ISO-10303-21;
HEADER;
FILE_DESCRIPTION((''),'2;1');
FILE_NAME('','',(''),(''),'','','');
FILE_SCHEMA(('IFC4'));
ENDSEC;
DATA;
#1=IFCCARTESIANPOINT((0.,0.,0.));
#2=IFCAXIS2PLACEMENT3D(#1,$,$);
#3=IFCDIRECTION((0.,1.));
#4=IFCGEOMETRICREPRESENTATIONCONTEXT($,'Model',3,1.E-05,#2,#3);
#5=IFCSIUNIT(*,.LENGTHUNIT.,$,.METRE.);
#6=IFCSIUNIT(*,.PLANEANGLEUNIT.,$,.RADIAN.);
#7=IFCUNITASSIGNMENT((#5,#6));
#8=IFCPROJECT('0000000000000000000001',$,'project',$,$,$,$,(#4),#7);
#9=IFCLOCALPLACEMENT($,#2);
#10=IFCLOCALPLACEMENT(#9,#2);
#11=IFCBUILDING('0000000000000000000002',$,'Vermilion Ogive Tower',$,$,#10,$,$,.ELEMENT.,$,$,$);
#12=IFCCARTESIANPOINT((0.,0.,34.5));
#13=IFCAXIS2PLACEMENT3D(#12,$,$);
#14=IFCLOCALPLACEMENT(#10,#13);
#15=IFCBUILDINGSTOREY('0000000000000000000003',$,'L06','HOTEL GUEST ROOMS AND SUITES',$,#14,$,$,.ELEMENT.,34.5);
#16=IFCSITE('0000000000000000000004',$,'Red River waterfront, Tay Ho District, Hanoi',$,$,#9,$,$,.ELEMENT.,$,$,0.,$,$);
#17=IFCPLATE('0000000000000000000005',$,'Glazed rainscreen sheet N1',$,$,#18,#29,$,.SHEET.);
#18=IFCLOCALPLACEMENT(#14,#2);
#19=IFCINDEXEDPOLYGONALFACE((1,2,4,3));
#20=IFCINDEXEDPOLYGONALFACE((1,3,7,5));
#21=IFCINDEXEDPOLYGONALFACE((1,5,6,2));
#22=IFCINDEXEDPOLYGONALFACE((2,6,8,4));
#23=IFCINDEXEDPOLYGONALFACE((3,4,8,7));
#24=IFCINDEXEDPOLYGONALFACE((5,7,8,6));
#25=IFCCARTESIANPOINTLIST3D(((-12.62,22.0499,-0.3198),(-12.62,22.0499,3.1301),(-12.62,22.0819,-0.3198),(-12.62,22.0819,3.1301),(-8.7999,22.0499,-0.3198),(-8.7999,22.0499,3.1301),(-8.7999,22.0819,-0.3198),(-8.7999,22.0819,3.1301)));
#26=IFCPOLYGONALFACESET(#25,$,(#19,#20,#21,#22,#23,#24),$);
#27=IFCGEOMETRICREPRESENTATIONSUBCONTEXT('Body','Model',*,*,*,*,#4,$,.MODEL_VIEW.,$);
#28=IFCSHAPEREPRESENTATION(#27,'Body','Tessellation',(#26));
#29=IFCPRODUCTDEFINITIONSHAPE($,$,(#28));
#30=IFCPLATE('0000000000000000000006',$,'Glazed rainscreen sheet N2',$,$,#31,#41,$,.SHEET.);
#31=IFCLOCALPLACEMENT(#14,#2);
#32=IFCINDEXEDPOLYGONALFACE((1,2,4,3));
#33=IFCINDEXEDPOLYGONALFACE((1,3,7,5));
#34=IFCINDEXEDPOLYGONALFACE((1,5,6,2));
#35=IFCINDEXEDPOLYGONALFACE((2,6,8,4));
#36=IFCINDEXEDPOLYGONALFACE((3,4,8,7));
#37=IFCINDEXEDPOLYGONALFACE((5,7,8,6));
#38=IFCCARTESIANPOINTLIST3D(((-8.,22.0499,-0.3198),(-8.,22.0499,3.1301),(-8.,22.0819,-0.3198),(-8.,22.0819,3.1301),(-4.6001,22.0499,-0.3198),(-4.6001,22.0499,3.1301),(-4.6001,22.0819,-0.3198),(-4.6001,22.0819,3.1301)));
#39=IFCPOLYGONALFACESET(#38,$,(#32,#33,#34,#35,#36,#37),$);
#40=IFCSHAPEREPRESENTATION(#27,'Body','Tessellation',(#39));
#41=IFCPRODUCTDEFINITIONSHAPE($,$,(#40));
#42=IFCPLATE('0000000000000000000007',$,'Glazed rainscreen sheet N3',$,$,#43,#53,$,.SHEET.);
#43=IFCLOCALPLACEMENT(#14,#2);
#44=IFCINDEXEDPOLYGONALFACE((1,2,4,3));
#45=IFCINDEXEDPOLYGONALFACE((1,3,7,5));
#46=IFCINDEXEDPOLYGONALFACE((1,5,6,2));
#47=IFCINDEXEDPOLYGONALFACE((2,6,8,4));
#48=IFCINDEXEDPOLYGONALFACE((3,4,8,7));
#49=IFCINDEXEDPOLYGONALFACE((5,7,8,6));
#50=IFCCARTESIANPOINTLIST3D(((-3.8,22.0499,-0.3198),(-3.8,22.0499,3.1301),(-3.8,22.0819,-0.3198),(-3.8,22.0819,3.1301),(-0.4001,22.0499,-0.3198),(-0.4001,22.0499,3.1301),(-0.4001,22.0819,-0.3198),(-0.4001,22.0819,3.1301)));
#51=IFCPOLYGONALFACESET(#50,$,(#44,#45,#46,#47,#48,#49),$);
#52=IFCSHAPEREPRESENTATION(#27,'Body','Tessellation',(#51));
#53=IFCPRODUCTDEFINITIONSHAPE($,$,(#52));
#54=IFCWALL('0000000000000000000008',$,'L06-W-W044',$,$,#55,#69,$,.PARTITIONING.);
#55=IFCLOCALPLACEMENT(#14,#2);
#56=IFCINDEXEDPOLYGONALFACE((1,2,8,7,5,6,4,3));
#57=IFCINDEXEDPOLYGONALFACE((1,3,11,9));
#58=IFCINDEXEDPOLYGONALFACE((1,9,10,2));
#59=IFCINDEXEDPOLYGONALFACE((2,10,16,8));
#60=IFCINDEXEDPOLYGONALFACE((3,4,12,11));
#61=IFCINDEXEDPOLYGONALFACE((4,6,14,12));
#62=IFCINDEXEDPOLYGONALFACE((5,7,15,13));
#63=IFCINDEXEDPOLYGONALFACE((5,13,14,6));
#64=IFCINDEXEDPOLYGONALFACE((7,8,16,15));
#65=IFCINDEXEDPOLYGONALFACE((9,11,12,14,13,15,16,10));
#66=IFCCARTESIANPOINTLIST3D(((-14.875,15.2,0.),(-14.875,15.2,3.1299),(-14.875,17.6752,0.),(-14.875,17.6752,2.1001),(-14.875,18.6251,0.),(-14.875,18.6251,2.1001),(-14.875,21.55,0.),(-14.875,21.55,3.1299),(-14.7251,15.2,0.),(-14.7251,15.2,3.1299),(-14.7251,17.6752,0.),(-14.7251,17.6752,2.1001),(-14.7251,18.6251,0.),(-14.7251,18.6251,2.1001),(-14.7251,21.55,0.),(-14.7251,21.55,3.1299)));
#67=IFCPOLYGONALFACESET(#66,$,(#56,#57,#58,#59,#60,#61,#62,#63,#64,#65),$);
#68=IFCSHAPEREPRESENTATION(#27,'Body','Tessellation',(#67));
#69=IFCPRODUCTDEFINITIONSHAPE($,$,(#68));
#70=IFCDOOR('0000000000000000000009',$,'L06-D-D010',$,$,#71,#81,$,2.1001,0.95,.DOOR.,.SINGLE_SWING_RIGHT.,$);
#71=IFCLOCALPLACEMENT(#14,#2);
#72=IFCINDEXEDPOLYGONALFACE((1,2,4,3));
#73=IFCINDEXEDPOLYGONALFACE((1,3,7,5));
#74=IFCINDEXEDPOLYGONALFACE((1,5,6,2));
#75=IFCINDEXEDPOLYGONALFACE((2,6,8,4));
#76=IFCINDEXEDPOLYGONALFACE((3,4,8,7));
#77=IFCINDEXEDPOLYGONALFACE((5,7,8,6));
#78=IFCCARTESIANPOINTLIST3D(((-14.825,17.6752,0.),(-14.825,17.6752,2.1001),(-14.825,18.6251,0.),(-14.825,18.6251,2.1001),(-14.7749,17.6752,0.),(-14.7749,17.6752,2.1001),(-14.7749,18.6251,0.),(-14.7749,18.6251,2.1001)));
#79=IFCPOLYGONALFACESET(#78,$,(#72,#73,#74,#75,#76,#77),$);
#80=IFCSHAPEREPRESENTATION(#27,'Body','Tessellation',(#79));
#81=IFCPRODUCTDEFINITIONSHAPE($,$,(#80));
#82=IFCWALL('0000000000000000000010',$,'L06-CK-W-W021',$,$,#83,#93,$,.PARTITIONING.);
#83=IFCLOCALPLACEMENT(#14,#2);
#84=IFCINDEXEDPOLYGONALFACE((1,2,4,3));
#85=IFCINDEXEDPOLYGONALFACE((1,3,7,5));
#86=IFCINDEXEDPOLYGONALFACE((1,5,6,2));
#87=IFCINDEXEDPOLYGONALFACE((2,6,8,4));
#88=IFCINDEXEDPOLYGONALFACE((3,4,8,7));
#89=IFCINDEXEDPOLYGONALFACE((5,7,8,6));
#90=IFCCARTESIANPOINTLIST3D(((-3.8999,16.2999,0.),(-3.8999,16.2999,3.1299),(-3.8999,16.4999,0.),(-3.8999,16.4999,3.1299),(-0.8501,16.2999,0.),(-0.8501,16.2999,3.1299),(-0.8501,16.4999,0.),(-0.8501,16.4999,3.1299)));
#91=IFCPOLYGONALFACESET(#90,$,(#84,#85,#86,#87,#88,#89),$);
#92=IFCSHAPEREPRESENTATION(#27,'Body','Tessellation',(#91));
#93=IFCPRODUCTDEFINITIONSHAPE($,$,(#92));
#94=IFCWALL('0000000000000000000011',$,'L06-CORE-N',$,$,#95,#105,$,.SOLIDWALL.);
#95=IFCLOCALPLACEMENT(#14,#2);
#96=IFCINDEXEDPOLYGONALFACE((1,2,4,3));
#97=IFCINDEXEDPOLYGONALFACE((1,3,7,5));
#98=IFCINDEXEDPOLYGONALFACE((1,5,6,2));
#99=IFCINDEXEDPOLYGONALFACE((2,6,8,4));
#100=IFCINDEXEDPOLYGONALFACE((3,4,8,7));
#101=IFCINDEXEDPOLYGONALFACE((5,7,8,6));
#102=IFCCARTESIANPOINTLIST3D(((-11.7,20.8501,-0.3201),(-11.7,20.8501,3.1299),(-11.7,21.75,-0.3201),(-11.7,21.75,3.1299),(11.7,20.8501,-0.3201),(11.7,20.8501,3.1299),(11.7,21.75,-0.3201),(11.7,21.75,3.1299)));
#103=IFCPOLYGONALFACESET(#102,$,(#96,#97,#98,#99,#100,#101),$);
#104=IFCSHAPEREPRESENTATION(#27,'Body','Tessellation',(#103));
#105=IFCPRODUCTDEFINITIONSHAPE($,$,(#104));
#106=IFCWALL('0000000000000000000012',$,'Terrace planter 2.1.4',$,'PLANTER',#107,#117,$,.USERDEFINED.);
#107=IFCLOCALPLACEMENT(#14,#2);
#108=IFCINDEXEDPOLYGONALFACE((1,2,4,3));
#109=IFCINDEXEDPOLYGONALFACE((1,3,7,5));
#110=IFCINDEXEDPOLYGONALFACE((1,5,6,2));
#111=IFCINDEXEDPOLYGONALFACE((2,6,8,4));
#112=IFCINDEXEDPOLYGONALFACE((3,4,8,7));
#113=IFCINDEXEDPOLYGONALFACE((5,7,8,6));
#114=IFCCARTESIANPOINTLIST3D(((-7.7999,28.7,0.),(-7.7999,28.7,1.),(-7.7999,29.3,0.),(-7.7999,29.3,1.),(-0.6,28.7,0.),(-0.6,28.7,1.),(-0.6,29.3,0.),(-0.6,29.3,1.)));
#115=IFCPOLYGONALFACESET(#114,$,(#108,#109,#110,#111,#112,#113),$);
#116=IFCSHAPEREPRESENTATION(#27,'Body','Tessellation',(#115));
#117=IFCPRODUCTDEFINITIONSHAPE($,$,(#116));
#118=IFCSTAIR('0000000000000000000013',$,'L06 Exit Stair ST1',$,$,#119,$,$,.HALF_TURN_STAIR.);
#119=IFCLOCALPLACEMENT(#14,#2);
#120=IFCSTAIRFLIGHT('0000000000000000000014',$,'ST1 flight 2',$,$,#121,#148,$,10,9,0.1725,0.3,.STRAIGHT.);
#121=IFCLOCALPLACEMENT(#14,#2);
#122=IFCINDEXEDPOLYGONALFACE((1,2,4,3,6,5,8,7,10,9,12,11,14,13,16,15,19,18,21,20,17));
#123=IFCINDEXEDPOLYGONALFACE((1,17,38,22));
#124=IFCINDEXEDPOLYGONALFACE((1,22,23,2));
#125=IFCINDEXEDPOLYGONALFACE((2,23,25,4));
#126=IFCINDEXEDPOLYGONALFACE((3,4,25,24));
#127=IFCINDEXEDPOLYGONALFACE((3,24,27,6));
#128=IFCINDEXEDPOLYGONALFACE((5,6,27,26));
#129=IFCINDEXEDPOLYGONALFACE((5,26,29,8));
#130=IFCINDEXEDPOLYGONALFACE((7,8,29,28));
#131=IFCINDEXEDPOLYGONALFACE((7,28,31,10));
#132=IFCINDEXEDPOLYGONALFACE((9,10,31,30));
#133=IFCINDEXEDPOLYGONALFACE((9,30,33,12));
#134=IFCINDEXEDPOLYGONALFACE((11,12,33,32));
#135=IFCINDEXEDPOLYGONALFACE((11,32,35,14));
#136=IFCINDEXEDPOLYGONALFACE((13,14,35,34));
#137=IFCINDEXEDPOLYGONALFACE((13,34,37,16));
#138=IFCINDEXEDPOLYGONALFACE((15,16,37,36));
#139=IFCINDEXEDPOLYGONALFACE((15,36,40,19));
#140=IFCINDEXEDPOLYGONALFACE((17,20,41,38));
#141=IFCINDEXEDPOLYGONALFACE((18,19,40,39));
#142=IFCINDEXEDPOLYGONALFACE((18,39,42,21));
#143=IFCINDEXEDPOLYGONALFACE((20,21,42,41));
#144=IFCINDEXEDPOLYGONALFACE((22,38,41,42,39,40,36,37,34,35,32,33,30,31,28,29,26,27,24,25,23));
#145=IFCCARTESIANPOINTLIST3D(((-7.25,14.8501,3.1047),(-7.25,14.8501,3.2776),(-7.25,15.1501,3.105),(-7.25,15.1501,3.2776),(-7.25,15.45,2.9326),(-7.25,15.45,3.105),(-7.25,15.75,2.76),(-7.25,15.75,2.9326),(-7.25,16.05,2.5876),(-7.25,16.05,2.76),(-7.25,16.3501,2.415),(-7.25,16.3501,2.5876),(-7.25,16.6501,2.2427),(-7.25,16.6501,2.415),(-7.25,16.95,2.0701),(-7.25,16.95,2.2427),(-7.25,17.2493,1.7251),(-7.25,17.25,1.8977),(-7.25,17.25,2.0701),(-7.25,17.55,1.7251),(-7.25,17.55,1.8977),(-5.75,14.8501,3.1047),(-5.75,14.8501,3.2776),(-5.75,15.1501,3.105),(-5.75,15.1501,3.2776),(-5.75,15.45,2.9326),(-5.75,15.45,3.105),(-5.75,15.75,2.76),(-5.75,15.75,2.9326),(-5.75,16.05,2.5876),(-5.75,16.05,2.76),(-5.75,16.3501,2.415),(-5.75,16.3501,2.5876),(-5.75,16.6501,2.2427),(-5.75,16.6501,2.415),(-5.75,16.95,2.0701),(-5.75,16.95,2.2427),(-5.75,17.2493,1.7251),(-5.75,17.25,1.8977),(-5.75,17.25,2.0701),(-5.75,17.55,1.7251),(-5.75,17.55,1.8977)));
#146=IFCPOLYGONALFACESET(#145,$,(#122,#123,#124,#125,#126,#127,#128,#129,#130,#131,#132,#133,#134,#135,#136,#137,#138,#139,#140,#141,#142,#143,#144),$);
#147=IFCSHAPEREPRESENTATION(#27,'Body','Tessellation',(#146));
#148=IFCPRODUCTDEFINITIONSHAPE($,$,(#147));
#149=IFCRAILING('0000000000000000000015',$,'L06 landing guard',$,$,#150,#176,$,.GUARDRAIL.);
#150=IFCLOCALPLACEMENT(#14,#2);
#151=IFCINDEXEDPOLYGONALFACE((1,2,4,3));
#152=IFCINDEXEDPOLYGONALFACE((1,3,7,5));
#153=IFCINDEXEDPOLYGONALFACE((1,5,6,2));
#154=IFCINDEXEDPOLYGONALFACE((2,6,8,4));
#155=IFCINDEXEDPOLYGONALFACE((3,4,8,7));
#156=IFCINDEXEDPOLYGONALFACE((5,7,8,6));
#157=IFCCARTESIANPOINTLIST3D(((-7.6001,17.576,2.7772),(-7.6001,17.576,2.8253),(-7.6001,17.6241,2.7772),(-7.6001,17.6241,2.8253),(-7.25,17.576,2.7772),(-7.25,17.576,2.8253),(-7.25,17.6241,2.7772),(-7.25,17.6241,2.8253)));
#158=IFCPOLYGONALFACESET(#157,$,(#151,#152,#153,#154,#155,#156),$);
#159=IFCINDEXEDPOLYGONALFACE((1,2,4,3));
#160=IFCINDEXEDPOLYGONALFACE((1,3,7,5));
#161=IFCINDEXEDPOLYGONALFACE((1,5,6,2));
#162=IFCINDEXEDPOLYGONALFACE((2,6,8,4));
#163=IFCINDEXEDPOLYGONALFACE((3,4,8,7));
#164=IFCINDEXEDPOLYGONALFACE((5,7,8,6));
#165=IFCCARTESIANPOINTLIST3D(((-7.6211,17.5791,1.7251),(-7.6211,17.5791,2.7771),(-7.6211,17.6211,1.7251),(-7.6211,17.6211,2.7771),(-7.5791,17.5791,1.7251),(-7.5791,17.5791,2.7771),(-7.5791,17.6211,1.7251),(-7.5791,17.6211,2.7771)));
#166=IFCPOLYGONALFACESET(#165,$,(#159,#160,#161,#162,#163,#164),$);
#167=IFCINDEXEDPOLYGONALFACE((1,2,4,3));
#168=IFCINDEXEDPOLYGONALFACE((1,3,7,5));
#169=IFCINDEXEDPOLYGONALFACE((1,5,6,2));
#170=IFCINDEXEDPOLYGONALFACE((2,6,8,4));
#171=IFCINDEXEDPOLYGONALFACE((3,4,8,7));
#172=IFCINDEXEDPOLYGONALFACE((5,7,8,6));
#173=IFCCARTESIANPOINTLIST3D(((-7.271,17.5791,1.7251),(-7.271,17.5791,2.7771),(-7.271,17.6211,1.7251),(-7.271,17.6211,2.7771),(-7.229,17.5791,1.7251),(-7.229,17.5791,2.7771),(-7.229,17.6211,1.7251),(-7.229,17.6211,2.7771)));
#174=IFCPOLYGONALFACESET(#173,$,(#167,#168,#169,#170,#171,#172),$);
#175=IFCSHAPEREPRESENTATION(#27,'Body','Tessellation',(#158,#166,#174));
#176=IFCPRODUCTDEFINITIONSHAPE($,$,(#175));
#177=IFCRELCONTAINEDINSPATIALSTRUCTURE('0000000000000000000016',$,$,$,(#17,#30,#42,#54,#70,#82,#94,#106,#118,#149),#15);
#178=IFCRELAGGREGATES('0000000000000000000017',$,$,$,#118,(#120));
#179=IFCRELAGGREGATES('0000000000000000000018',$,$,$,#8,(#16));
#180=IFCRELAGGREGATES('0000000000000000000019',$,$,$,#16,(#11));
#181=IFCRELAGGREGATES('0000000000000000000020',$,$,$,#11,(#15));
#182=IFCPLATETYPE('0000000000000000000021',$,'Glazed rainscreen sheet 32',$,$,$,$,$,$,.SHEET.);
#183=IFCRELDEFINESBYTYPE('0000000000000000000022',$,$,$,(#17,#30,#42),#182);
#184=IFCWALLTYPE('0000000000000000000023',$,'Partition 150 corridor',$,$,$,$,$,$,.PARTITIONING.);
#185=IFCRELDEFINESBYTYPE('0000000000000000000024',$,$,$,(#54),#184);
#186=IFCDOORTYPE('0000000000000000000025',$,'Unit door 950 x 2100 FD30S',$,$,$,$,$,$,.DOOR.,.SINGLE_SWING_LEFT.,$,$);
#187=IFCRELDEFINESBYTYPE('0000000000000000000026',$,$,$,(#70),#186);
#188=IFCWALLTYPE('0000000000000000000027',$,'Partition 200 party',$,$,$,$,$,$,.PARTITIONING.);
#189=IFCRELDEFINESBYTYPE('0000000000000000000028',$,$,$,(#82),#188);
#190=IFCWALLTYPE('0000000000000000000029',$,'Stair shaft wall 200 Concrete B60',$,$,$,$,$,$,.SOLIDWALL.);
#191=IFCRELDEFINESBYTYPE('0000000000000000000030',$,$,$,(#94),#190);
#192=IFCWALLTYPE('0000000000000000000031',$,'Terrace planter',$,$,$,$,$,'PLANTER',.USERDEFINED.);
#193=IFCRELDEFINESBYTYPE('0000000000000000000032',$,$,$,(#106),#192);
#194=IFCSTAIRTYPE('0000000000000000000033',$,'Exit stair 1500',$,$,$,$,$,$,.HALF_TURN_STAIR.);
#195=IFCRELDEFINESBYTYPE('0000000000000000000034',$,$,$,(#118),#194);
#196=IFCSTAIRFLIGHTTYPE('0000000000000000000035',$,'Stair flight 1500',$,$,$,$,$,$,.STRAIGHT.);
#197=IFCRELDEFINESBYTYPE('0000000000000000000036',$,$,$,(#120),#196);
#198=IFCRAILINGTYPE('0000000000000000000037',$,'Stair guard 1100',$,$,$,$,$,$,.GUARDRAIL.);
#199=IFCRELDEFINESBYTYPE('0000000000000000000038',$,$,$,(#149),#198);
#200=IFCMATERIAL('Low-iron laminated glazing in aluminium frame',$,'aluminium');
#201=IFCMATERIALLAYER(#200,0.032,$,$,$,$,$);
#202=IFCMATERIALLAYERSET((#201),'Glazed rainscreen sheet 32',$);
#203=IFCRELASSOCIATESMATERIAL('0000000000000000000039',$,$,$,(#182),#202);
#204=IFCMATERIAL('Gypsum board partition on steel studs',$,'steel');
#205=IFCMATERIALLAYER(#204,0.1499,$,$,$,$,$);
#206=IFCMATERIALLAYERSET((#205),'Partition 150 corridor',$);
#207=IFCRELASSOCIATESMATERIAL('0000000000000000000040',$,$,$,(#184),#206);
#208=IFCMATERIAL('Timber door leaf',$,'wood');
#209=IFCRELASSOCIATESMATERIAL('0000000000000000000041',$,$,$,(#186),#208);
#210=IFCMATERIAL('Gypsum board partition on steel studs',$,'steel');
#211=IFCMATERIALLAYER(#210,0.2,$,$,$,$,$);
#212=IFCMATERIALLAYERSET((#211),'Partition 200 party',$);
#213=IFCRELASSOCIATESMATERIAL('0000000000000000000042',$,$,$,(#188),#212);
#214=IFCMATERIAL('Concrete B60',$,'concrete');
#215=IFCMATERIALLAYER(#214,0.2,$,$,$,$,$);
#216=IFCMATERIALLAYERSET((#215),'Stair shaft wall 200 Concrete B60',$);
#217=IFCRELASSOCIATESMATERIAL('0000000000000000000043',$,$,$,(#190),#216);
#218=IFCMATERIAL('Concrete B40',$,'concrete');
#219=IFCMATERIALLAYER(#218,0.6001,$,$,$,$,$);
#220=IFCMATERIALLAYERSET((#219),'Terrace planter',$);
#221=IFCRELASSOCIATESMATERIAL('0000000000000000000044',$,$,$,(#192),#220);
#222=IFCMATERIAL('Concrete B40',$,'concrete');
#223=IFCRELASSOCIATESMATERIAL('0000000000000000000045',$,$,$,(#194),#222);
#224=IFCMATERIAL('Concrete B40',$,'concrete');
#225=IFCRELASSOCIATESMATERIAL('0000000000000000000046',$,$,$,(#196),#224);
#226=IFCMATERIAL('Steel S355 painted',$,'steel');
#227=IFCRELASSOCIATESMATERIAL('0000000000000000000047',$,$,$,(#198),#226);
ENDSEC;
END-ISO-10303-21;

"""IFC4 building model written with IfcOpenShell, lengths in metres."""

from ifc_helpers import new_model, si_unit, direction, frame, frame_2d, origin, origin_2d, place, context, subcontext, project, spatial, polyline, rectangle, outline, extrude, material, layer, layer_set, type_object, element, fill, aggregate, save


model = new_model("IFC4")

# Units and contexts
model_context = context("Model", 3, precision=1e-05, world=origin(), true_north=direction((0.0, 1.0)))
body_context = subcontext(model_context, "Body", "Model", "MODEL_VIEW")
ifc_project = project(units=[si_unit("LENGTHUNIT", "METRE"), si_unit("PLANEANGLEUNIT", "RADIAN")], contexts=[model_context])

# Site, building, storey
site_placement = place(None, origin())
site = spatial("IfcSite", under=ifc_project, at=site_placement, Name="Red River waterfront, Tay Ho District, Hanoi", CompositionType="ELEMENT", RefElevation=0.0)
building_placement = place(site_placement, origin())
building = spatial("IfcBuilding", under=site, at=building_placement, Name="Vermilion Ogive Tower", CompositionType="ELEMENT")
storey_placement = place(building_placement, frame((0.0, 0.0, 34.5)))
storey = spatial("IfcBuildingStorey", under=building, at=storey_placement, Name="L06", Description="HOTEL GUEST ROOMS AND SUITES", CompositionType="ELEMENT", Elevation=34.5)

# Plates
ifc_material_1 = material(Name="Low-iron laminated glazing in aluminium frame", Category="aluminium")
ifc_layer_1 = layer(ifc_material_1, 0.032)
ifc_layer_set_1 = layer_set([ifc_layer_1], Name="Glazed rainscreen sheet 32")
plate_type = type_object("IfcPlateType", Name="Glazed rainscreen sheet 32", PredefinedType="SHEET", material=ifc_layer_set_1)
plate_placement = place(storey_placement, frame((-10.71, 22.0659, -0.3198), z_axis=(0.0, 0.0, 1.0), x_axis=(1.0, 0.0, 0.0)))
element("IfcPlate", 1, at=plate_placement, inside=storey, type_object=plate_type, Name="Glazed rainscreen sheet N1", PredefinedType="SHEET", context=body_context, shape_type="SweptSolid", body=[
    extrude(rectangle(XDim=3.8201, YDim=0.032, at=origin_2d()), origin(), (0.0, 0.0, 1.0), 3.45),
])
for number, where, z_axis, x_axis, name in (
    (2, (-6.3, 22.0659, -0.3198), (0.0, 0.0, 1.0), (1.0, 0.0, 0.0), "Glazed rainscreen sheet N2"),
    (3, (-2.1001, 22.0659, -0.3198), (0.0, 0.0, 1.0), (1.0, 0.0, 0.0), "Glazed rainscreen sheet N3"),
):
    element("IfcPlate", number, at=place(storey_placement, frame(where, z_axis=z_axis, x_axis=x_axis)), inside=storey, type_object=plate_type, Name=name, PredefinedType="SHEET", context=body_context, shape_type="SweptSolid", body=[
        extrude(rectangle(XDim=3.3999, YDim=0.032, at=origin_2d()), origin(), (0.0, 0.0, 1.0), 3.45),
    ])

# Wall, opening, door
ifc_material_2 = material(Name="Gypsum board partition on steel studs", Category="steel")
ifc_layer_2 = layer(ifc_material_2, 0.1499)
ifc_layer_set_2 = layer_set([ifc_layer_2], Name="Partition 150 corridor")
wall_type_1 = type_object("IfcWallType", Name="Partition 150 corridor", PredefinedType="PARTITIONING", material=ifc_layer_set_2)
wall_1_placement = place(storey_placement, frame((-14.8, 15.2, 0.0), z_axis=(0.0, 0.0, 1.0), x_axis=(0.0, 1.0, 0.0)))
wall_1 = element("IfcWall", 4, at=wall_1_placement, inside=storey, type_object=wall_type_1, Name="L06-W-W044", PredefinedType="PARTITIONING", context=body_context, shape_type="SweptSolid", body=[
    extrude(rectangle(XDim=6.3501, YDim=0.1499, at=frame_2d((3.175, 0.0))), origin(), (0.0, 0.0, 1.0), 3.1299),
])
opening_1_placement = place(wall_1_placement, frame((2.4751, 0.0, 0.0)))
opening_1 = element("IfcOpeningElement", 5, at=opening_1_placement, cuts=wall_1, PredefinedType="OPENING", context=body_context, shape_type="SweptSolid", body=[
    extrude(rectangle(XDim=0.95, YDim=2.1001, at=frame_2d((0.4751, 1.05))), frame((0.0, 0.085, 0.0), z_axis=(0.0, -1.0, 0.0), x_axis=(1.0, 0.0, 0.0)), (0.0, 0.0, 1.0), 0.1699),
])
ifc_material_3 = material(Name="Timber door leaf", Category="wood")
door_type_1 = type_object("IfcDoorType", Name="Unit door 950 x 2100 FD30S", OperationType="SINGLE_SWING_LEFT", PredefinedType="DOOR", material=ifc_material_3)
door_1_placement = place(opening_1_placement, origin())
door_1 = element("IfcDoor", 6, at=door_1_placement, inside=storey, type_object=door_type_1, Name="L06-D-D010", OperationType="SINGLE_SWING_RIGHT", OverallHeight=2.1001, OverallWidth=0.95, PredefinedType="DOOR", context=body_context, shape_type="SweptSolid", body=[
    extrude(rectangle(XDim=0.95, YDim=2.1001, at=frame_2d((0.4751, 1.05))), frame((0.0, 0.0249, 0.0), z_axis=(0.0, -1.0, 0.0), x_axis=(1.0, 0.0, 0.0)), (0.0, 0.0, 1.0), 0.05),
])
fill(opening_1, door_1)

# Walls
ifc_material_4 = material(Name="Gypsum board partition on steel studs", Category="steel")
ifc_layer_3 = layer(ifc_material_4, 0.2)
ifc_layer_set_3 = layer_set([ifc_layer_3], Name="Partition 200 party")
wall_type_2 = type_object("IfcWallType", Name="Partition 200 party", PredefinedType="PARTITIONING", material=ifc_layer_set_3)
wall_2_placement = place(storey_placement, frame((-3.8999, 16.3999, 0.0), z_axis=(0.0, 0.0, 1.0), x_axis=(1.0, 0.0, 0.0)))
element("IfcWall", 7, at=wall_2_placement, inside=storey, type_object=wall_type_2, Name="L06-CK-W-W021", PredefinedType="PARTITIONING", context=body_context, shape_type="SweptSolid", body=[
    extrude(rectangle(XDim=3.0498, YDim=0.2, at=frame_2d((1.5249, 0.0))), origin(), (0.0, 0.0, 1.0), 3.1299),
])
ifc_material_5 = material(Name="Concrete B60", Category="concrete")
ifc_layer_4 = layer(ifc_material_5, 0.2)
ifc_layer_set_4 = layer_set([ifc_layer_4], Name="Stair shaft wall 200 Concrete B60")
wall_type_3 = type_object("IfcWallType", Name="Stair shaft wall 200 Concrete B60", PredefinedType="SOLIDWALL", material=ifc_layer_set_4)
wall_3_placement = place(storey_placement, frame((-11.7, 21.3, -0.3201), z_axis=(0.0, 0.0, 1.0), x_axis=(1.0, 0.0, 0.0)))
element("IfcWall", 8, at=wall_3_placement, inside=storey, type_object=wall_type_3, Name="L06-CORE-N", PredefinedType="SOLIDWALL", context=body_context, shape_type="SweptSolid", body=[
    extrude(rectangle(XDim=23.3999, YDim=0.8999, at=frame_2d((11.7, 0.0))), origin(), (0.0, 0.0, 1.0), 3.45),
])
ifc_material_6 = material(Name="Concrete B40", Category="concrete")
ifc_layer_5 = layer(ifc_material_6, 0.6001)
ifc_layer_set_5 = layer_set([ifc_layer_5], Name="Terrace planter")
wall_type_4 = type_object("IfcWallType", Name="Terrace planter", ElementType="PLANTER", PredefinedType="USERDEFINED", material=ifc_layer_set_5)
wall_4_placement = place(storey_placement, frame((-7.8, 29.0, 0.0), z_axis=(0.0, 0.0, 1.0), x_axis=(1.0, 0.0, 0.0)))
element("IfcWall", 9, at=wall_4_placement, inside=storey, type_object=wall_type_4, Name="Terrace planter 2.1.4", ObjectType="PLANTER", PredefinedType="USERDEFINED", context=body_context, shape_type="SweptSolid", body=[
    extrude(rectangle(XDim=7.2, YDim=0.6001, at=frame_2d((3.6001, 0.0))), origin(), (0.0, 0.0, 1.0), 1.0),
])

# Stair, stair flight
ifc_material_7 = material(Name="Concrete B40", Category="concrete")
stair_type = type_object("IfcStairType", Name="Exit stair 1500", PredefinedType="HALF_TURN_STAIR", material=ifc_material_7)
stair_placement = place(storey_placement, origin())
stair = element("IfcStair", 10, at=stair_placement, inside=storey, type_object=stair_type, Name="L06 Exit Stair ST1", PredefinedType="HALF_TURN_STAIR")
ifc_material_8 = material(Name="Concrete B40", Category="concrete")
stair_flight_type = type_object("IfcStairFlightType", Name="Stair flight 1500", PredefinedType="STRAIGHT", material=ifc_material_8)
stair_flight_placement = place(storey_placement, frame((-6.5, 17.55, 1.7251), z_axis=(0.0, 0.0, 1.0), x_axis=(0.0, -1.0, 0.0)))
stair_flight = element("IfcStairFlight", 11, at=stair_flight_placement, type_object=stair_flight_type, Name="ST1 flight 2", NumberOfRisers=10, NumberOfTreads=9, PredefinedType="STRAIGHT", RiserHeight=0.1725, TreadLength=0.3, context=body_context, shape_type="SweptSolid", body=[
    extrude(outline(polyline([(0.0, 0.0), (0.0, 0.1726), (0.3, 0.1726), (0.3, 0.345), (0.6001, 0.345), (0.6001, 0.5176), (0.8999, 0.5176), (0.8999, 0.6899), (1.2, 0.6899), (1.2, 0.8625), (1.5, 0.8625), (1.5, 1.0349), (1.8, 1.0349), (1.8, 1.2075), (2.1001, 1.2075), (2.1001, 1.3799), (2.3999, 1.3799), (2.3999, 1.5525), (2.7, 1.5525), (2.7, 1.7251), (2.7, 1.3796), (0.3008, 0.0), (0.0, 0.0)])), frame((0.0, 0.75, 0.0), z_axis=(0.0, -1.0, 0.0), x_axis=(1.0, 0.0, 0.0)), (0.0, 0.0, 1.0), 1.5),
])
aggregate(stair, [stair_flight])

# Railing
ifc_material_9 = material(Name="Steel S355 painted", Category="steel")
railing_type_1 = type_object("IfcRailingType", Name="Stair guard 1100", PredefinedType="GUARDRAIL", material=ifc_material_9)
railing_1_placement = place(storey_placement, frame((-7.6001, 17.6001, 1.7251)))
element("IfcRailing", 12, at=railing_1_placement, inside=storey, type_object=railing_type_1, Name="L06 landing guard", PredefinedType="GUARDRAIL", context=body_context, shape_type="SweptSolid", body=[
    extrude(rectangle(XDim=0.0481, YDim=0.0481, at=origin_2d()), frame((0.0, 0.0, 1.0762), z_axis=(1.0, 0.0, 0.0), x_axis=(0.0, 1.0, 0.0)), (0.0, 0.0, 1.0), 0.3501),
    extrude(rectangle(XDim=0.042, YDim=0.042, at=origin_2d()), origin(), (0.0, 0.0, 1.0), 1.052),
    extrude(rectangle(XDim=0.042, YDim=0.042, at=origin_2d()), frame((0.3501, 0.0, 0.0)), (0.0, 0.0, 1.0), 1.052),
])

save(model, "model.ifc")
